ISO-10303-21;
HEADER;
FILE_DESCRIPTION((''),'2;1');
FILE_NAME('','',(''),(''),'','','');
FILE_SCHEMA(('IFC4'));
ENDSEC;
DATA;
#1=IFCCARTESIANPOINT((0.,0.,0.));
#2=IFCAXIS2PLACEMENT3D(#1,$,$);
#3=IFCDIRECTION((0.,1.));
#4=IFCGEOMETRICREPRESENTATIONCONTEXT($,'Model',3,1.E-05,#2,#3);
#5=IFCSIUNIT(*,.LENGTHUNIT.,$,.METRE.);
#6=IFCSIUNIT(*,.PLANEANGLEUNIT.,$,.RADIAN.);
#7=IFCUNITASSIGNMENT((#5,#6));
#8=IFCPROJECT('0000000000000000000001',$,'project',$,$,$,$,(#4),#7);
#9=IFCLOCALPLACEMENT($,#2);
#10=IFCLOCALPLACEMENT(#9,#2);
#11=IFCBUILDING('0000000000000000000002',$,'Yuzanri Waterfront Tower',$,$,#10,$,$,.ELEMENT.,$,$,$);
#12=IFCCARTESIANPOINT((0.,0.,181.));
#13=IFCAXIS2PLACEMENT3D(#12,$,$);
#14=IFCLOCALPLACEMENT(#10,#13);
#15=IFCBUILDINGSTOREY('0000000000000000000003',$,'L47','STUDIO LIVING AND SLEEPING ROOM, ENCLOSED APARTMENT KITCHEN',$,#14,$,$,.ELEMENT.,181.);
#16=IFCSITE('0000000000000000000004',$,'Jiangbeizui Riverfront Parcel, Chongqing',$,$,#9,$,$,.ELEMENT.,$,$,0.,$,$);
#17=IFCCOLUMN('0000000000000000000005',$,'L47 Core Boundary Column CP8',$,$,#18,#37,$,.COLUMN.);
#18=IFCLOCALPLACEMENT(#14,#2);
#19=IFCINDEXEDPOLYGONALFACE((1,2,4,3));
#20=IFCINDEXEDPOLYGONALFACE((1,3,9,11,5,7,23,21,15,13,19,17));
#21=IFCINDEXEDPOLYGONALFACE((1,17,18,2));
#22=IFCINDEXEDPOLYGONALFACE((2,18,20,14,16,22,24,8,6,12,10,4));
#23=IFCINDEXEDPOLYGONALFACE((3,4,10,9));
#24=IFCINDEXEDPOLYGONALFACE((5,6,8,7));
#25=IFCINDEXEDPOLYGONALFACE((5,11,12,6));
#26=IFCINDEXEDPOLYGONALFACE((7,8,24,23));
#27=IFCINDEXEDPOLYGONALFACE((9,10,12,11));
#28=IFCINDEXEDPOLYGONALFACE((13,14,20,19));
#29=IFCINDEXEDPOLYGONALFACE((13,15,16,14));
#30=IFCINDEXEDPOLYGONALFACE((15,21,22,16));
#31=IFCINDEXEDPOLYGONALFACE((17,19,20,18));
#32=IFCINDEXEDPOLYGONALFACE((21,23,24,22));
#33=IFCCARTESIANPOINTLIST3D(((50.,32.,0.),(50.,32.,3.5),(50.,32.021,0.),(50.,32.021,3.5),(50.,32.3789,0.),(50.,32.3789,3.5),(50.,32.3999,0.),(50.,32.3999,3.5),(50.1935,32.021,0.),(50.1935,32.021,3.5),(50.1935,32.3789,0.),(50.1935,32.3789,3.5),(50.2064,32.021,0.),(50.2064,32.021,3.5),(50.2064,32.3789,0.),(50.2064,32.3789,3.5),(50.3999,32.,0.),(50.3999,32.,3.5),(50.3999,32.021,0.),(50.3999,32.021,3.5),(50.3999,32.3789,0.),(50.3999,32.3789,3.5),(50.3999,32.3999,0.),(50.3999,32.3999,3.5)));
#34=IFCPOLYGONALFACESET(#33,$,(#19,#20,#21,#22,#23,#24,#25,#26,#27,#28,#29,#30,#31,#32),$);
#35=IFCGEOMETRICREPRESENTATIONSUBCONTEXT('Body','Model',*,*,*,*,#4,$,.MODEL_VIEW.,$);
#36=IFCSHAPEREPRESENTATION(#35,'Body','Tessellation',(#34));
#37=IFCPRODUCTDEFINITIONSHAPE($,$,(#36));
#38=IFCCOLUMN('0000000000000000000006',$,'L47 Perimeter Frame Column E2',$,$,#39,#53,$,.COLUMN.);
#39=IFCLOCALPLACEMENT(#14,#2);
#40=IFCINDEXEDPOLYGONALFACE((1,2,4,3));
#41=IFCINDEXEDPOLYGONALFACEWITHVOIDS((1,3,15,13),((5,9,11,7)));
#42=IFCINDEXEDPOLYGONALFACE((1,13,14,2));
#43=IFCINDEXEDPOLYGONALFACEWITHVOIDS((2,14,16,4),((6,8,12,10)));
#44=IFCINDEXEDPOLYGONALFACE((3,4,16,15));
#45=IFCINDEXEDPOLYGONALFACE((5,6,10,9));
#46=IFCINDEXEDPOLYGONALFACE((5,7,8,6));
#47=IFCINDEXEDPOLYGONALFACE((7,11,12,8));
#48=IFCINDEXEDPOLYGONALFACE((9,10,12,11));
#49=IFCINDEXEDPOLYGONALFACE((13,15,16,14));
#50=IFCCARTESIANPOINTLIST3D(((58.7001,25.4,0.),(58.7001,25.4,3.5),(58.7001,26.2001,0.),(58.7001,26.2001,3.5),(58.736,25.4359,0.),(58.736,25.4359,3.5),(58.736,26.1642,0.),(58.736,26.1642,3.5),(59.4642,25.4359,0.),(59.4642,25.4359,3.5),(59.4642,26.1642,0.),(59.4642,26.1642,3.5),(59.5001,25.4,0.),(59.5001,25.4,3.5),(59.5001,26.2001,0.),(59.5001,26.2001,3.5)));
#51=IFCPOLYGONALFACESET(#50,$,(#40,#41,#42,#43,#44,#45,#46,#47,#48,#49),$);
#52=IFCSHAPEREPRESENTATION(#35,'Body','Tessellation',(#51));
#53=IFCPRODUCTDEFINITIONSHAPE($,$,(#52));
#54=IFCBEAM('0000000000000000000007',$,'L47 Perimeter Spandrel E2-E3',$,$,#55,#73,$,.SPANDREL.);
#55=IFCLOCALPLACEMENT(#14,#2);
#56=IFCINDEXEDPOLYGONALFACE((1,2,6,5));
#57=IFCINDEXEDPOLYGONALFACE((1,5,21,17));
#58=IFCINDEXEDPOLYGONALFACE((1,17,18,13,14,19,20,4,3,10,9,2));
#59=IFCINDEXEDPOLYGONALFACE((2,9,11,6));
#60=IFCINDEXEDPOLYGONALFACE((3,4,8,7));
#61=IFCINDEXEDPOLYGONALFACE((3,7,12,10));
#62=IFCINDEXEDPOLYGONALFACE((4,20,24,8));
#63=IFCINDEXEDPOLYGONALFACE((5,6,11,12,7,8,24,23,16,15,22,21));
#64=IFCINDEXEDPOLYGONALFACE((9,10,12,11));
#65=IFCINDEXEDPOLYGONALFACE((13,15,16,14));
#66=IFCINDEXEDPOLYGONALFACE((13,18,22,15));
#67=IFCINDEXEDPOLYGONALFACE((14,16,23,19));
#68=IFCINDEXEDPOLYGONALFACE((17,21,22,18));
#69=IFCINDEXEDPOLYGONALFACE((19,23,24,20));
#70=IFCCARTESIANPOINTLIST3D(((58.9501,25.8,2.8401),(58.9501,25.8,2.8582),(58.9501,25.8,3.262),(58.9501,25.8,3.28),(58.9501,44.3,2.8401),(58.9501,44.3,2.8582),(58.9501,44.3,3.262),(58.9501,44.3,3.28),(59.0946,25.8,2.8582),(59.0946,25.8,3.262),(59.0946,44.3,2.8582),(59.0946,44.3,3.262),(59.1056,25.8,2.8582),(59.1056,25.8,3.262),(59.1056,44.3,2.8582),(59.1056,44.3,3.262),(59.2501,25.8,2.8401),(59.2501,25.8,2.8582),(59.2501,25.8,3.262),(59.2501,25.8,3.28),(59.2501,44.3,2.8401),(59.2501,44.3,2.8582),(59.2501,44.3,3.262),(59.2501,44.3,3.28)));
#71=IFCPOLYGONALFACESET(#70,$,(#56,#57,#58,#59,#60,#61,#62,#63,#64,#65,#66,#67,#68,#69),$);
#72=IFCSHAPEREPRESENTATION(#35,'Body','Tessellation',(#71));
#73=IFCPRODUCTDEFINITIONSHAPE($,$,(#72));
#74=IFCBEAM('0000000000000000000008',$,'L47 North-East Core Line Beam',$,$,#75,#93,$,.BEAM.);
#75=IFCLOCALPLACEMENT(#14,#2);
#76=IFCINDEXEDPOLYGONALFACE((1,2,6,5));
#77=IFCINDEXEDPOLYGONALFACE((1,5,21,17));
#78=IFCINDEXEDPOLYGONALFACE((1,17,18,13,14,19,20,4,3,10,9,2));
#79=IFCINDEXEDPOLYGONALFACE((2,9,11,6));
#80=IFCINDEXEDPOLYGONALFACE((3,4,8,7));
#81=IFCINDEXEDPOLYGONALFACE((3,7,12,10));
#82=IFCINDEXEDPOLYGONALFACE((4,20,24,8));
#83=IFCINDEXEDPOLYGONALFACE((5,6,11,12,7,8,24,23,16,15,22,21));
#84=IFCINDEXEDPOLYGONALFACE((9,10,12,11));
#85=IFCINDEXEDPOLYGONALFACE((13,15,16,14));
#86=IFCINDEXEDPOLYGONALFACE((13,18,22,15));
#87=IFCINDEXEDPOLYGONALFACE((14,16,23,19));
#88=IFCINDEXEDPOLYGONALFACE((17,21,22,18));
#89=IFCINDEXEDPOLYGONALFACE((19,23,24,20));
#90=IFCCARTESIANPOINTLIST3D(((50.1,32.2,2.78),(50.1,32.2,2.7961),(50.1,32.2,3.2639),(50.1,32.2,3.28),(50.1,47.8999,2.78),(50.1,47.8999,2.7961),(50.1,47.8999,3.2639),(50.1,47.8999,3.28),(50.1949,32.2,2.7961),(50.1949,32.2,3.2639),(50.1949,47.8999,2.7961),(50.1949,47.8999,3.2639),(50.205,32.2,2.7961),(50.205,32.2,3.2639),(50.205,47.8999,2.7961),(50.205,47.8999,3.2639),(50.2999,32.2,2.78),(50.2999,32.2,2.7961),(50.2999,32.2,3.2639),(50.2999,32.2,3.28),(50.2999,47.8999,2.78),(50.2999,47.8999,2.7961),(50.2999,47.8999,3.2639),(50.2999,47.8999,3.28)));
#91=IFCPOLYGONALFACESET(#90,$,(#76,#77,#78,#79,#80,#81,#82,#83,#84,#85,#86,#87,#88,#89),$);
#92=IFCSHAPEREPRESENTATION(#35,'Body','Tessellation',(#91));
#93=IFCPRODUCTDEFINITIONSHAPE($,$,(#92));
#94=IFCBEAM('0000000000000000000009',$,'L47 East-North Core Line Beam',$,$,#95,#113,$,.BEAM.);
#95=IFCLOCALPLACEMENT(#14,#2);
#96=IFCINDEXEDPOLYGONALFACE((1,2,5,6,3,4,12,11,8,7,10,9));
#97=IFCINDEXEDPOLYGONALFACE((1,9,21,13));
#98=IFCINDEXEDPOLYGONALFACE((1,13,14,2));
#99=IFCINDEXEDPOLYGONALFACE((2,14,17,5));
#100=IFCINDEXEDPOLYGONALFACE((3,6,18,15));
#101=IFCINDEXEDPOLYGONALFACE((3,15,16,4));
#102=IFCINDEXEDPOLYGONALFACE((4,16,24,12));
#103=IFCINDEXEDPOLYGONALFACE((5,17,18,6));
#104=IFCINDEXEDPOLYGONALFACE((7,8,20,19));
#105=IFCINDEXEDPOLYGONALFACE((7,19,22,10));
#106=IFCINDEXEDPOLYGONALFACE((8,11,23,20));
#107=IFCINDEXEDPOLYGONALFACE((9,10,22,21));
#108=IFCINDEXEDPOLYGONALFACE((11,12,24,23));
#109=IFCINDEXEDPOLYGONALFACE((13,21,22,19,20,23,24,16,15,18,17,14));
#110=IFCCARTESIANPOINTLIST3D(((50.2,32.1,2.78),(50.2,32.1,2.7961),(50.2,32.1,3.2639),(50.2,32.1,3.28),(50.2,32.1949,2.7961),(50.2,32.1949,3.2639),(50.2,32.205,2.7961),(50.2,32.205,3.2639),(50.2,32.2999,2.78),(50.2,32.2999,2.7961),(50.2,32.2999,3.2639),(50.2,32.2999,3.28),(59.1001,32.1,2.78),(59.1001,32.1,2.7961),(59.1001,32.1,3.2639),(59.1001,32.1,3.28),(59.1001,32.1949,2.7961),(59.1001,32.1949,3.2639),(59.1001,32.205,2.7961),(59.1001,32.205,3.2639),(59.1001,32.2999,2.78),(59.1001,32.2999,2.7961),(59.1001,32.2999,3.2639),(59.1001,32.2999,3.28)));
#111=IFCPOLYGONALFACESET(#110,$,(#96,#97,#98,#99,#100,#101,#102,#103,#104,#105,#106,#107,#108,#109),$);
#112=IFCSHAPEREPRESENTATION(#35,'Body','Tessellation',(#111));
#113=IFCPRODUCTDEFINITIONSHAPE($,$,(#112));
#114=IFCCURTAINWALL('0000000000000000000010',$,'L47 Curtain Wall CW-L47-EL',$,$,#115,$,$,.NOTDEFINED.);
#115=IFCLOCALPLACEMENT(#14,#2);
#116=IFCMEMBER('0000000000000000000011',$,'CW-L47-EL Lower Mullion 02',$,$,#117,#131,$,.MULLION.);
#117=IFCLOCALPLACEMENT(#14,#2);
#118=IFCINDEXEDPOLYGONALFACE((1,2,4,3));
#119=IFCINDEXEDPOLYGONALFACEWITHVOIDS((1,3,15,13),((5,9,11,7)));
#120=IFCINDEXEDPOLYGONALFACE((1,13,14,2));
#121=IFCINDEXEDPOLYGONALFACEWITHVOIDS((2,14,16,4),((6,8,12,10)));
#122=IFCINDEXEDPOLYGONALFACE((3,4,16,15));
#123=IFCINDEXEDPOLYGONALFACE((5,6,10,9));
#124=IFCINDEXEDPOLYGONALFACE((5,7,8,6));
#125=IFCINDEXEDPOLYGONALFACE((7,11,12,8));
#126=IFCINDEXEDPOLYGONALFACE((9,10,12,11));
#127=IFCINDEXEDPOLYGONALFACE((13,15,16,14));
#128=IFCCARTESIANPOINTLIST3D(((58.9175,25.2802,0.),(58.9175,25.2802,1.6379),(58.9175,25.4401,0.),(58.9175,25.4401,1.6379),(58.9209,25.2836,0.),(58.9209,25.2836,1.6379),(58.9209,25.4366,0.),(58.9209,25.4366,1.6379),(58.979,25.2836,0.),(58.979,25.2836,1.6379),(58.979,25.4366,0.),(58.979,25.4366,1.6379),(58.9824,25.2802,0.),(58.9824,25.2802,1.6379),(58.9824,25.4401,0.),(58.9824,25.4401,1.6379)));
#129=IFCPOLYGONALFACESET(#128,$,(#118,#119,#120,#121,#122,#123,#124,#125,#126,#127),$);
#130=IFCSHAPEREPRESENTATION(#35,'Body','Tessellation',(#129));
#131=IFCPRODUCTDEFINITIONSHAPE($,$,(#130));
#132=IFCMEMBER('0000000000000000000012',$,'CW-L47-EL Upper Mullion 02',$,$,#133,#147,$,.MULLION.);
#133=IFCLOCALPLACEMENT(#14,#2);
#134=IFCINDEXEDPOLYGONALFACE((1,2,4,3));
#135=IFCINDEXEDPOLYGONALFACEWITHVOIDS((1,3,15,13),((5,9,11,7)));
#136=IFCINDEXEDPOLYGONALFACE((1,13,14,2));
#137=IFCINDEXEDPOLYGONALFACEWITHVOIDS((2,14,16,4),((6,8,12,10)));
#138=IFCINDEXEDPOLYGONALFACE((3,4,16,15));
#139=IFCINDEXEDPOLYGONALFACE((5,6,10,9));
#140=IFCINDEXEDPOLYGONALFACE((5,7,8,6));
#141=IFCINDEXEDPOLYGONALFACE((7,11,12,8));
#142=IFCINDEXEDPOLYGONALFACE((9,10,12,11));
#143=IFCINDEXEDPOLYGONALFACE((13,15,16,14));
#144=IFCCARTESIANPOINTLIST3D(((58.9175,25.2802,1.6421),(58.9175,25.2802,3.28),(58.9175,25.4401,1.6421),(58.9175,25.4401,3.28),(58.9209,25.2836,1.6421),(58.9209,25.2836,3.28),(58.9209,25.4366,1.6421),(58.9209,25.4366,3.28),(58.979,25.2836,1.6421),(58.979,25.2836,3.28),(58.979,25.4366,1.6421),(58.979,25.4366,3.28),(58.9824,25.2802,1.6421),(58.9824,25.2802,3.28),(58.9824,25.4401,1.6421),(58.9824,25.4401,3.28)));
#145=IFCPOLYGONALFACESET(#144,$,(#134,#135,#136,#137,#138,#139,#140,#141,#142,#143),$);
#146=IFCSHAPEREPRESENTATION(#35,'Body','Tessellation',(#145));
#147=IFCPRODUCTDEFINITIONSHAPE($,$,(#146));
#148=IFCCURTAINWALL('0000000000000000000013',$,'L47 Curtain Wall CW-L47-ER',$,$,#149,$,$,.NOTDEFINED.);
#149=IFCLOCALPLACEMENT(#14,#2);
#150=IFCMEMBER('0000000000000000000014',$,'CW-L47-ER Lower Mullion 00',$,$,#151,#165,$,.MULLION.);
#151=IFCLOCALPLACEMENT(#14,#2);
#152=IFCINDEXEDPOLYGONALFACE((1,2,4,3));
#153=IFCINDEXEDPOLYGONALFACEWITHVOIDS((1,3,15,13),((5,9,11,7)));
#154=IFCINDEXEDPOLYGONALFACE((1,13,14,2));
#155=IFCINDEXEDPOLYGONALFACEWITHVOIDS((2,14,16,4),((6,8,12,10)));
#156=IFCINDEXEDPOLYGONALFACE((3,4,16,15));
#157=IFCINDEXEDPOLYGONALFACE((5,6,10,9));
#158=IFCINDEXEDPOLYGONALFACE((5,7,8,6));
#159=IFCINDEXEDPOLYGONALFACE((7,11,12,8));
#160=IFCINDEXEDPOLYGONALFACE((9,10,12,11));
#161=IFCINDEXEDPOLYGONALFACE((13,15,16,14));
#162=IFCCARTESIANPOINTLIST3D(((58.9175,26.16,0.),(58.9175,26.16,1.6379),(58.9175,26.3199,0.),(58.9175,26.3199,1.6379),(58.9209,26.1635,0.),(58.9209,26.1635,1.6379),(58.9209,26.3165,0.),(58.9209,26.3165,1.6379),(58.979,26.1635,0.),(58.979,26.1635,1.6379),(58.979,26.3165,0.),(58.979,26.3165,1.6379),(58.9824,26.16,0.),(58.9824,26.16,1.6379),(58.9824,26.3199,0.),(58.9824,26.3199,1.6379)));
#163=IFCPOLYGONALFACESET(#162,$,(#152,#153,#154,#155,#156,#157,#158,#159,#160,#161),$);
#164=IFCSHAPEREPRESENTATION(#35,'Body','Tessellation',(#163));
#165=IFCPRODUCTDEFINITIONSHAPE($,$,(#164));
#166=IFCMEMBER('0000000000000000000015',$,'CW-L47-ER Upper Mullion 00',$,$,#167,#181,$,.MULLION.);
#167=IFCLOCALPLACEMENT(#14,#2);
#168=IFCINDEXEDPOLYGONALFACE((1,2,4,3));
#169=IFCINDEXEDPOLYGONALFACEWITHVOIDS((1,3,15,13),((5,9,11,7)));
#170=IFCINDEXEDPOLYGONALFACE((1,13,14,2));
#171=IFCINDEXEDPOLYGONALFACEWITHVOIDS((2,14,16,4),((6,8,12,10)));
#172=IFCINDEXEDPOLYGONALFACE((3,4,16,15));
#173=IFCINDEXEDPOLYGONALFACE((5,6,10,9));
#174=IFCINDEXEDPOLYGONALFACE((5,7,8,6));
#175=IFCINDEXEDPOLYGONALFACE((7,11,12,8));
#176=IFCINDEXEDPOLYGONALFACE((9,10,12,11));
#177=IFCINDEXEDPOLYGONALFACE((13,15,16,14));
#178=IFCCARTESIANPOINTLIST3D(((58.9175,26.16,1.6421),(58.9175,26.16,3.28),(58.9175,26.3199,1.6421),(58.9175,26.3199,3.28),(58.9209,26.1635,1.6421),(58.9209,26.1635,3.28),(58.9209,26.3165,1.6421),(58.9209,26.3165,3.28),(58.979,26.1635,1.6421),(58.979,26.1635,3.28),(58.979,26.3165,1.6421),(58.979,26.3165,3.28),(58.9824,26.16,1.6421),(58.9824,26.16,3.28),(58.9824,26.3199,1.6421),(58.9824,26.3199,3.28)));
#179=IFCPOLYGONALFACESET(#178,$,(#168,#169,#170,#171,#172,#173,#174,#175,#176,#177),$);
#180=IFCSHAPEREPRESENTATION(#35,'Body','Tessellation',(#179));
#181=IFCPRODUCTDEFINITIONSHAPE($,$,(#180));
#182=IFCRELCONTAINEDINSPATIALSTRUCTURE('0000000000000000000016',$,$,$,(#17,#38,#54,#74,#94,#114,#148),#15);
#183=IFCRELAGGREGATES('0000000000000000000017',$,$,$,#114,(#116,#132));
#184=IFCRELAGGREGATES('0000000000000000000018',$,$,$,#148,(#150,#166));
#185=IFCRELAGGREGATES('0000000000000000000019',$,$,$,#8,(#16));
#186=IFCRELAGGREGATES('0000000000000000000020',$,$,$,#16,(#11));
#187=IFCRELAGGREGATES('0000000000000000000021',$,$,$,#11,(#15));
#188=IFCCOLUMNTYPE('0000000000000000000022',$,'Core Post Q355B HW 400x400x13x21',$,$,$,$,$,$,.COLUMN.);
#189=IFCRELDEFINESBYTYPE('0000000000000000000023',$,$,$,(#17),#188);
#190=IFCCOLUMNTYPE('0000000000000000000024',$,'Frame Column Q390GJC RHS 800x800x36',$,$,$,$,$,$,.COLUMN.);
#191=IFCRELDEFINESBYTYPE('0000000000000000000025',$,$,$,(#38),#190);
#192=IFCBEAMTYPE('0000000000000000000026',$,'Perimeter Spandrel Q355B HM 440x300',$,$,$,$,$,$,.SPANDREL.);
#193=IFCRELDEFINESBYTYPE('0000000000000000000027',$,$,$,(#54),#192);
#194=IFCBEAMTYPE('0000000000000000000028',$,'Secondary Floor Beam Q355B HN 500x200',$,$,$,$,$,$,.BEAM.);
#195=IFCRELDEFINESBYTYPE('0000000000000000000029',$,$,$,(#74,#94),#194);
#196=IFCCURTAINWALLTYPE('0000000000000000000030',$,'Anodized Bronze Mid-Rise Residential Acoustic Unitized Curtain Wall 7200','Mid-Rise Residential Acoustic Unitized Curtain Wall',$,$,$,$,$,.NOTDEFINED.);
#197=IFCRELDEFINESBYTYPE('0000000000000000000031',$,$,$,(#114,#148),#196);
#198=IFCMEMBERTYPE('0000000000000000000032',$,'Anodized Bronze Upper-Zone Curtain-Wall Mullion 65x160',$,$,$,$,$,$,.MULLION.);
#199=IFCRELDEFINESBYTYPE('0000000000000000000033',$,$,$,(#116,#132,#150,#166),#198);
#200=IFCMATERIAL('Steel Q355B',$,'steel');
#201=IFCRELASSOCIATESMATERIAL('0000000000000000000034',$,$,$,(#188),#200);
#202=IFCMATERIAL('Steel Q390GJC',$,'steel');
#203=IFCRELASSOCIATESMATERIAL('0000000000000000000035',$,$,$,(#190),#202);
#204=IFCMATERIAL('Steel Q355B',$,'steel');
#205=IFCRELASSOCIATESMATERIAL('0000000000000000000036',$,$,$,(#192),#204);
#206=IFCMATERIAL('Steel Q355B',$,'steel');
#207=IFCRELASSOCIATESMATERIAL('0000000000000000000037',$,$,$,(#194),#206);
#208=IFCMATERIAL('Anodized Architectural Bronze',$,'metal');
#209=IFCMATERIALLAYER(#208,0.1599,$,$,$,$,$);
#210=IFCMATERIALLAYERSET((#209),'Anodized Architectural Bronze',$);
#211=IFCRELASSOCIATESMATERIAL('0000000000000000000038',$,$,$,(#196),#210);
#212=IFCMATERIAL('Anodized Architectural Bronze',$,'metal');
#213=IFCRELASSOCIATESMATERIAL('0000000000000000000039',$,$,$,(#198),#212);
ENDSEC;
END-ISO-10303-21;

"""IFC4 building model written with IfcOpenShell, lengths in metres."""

from ifc_helpers import new_model, si_unit, direction, frame, origin, origin_2d, place, context, subcontext, project, spatial, hollow_rectangle, i_section, extrude, source, transform, mapped, material, layer, layer_set, material_profile, profile_set, type_object, element, aggregate, save


model = new_model("IFC4")

# Units and contexts
model_context = context("Model", 3, precision=1e-05, world=origin(), true_north=direction((0.0, 1.0)))
body_context = subcontext(model_context, "Body", "Model", "MODEL_VIEW")
ifc_project = project(units=[si_unit("LENGTHUNIT", "METRE"), si_unit("PLANEANGLEUNIT", "RADIAN")], contexts=[model_context])

# Site, building, storey
site_placement = place(None, origin())
site = spatial("IfcSite", under=ifc_project, at=site_placement, Name="Jiangbeizui Riverfront Parcel, Chongqing", CompositionType="ELEMENT", RefElevation=0.0)
building_placement = place(site_placement, origin())
building = spatial("IfcBuilding", under=site, at=building_placement, Name="Yuzanri Waterfront Tower", CompositionType="ELEMENT")
storey_placement = place(building_placement, frame((0.0, 0.0, 181.0)))
storey = spatial("IfcBuildingStorey", under=building, at=storey_placement, Name="L47", Description="STUDIO LIVING AND SLEEPING ROOM, ENCLOSED APARTMENT KITCHEN", CompositionType="ELEMENT", Elevation=181.0)

# Columns
ifc_material_1 = material(Name="Steel Q355B", Category="steel")
ifc_material_profile_1 = material_profile(ifc_material_1, i_section(OverallWidth=0.3999, OverallDepth=0.3999, WebThickness=0.0129, FlangeThickness=0.021, at=origin_2d()), Name="HW 400x400x13x21")
ifc_profile_set_1 = profile_set([ifc_material_profile_1], Name="Steel Q355B")
column_type_1 = type_object("IfcColumnType", Name="Core Post Q355B HW 400x400x13x21", PredefinedType="COLUMN", material=ifc_profile_set_1)
shared_shape_1 = source(origin(), body_context, "Body", "SweptSolid", [
    extrude(i_section(OverallWidth=0.3999, OverallDepth=0.3999, WebThickness=0.0129, FlangeThickness=0.021, at=origin_2d()), origin(), (0.0, 0.0, 1.0), 3.5),
])
column_1_placement = place(storey_placement, frame((50.2, 32.2, 0.0), z_axis=(0.0, 0.0, 1.0), x_axis=(1.0, 0.0, 0.0)))
element("IfcColumn", 1, at=column_1_placement, inside=storey, type_object=column_type_1, Name="L47 Core Boundary Column CP8", PredefinedType="COLUMN", context=body_context, shape_type="MappedRepresentation", body=[
    mapped(shared_shape_1, transform((0.0, 0.0, 0.0), scale=1.0)),
])
ifc_material_2 = material(Name="Steel Q390GJC", Category="steel")
ifc_material_profile_2 = material_profile(ifc_material_2, hollow_rectangle(XDim=0.8, YDim=0.8, WallThickness=0.0359, at=origin_2d()), Name="RHS 800x800x36")
ifc_profile_set_2 = profile_set([ifc_material_profile_2], Name="Steel Q390GJC")
column_type_2 = type_object("IfcColumnType", Name="Frame Column Q390GJC RHS 800x800x36", PredefinedType="COLUMN", material=ifc_profile_set_2)
shared_shape_2 = source(origin(), body_context, "Body", "SweptSolid", [
    extrude(hollow_rectangle(XDim=0.8, YDim=0.8, WallThickness=0.0359, at=origin_2d()), origin(), (0.0, 0.0, 1.0), 3.5),
])
column_2_placement = place(storey_placement, frame((59.1001, 25.8, 0.0), z_axis=(0.0, 0.0, 1.0), x_axis=(1.0, 0.0, 0.0)))
element("IfcColumn", 2, at=column_2_placement, inside=storey, type_object=column_type_2, Name="L47 Perimeter Frame Column E2", PredefinedType="COLUMN", context=body_context, shape_type="MappedRepresentation", body=[
    mapped(shared_shape_2, transform((0.0, 0.0, 0.0), scale=1.0)),
])

# Beams
ifc_material_3 = material(Name="Steel Q355B", Category="steel")
ifc_material_profile_3 = material_profile(ifc_material_3, i_section(OverallWidth=0.3, OverallDepth=0.4399, WebThickness=0.011, FlangeThickness=0.0181, at=origin_2d()), Name="HM 440x300x11x18")
ifc_profile_set_3 = profile_set([ifc_material_profile_3], Name="Steel Q355B")
beam_type_1 = type_object("IfcBeamType", Name="Perimeter Spandrel Q355B HM 440x300", PredefinedType="SPANDREL", material=ifc_profile_set_3)
shared_shape_3 = source(origin(), body_context, "Body", "SweptSolid", [
    extrude(i_section(OverallWidth=0.3, OverallDepth=0.4399, WebThickness=0.011, FlangeThickness=0.0181, at=origin_2d()), origin(), (0.0, 0.0, 1.0), 18.5),
])
beam_1_placement = place(storey_placement, frame((59.1001, 25.8, 3.0601), z_axis=(0.0, 1.0, 0.0), x_axis=(-1.0, 0.0, 0.0)))
element("IfcBeam", 3, at=beam_1_placement, inside=storey, type_object=beam_type_1, Name="L47 Perimeter Spandrel E2-E3", PredefinedType="SPANDREL", context=body_context, shape_type="MappedRepresentation", body=[
    mapped(shared_shape_3, transform((0.0, 0.0, 0.0), scale=1.0)),
])
ifc_material_4 = material(Name="Steel Q355B", Category="steel")
ifc_material_profile_4 = material_profile(ifc_material_4, i_section(OverallWidth=0.2, OverallDepth=0.5, WebThickness=0.01, FlangeThickness=0.0161, at=origin_2d()), Name="HN 500x200x10x16")
ifc_profile_set_4 = profile_set([ifc_material_profile_4], Name="Steel Q355B")
beam_type_2 = type_object("IfcBeamType", Name="Secondary Floor Beam Q355B HN 500x200", PredefinedType="BEAM", material=ifc_profile_set_4)
shared_shape_4 = source(origin(), body_context, "Body", "SweptSolid", [
    extrude(i_section(OverallWidth=0.2, OverallDepth=0.5, WebThickness=0.01, FlangeThickness=0.0161, at=origin_2d()), origin(), (0.0, 0.0, 1.0), 15.7),
])
beam_2_placement = place(storey_placement, frame((50.2, 32.2, 3.03), z_axis=(0.0, 1.0, 0.0), x_axis=(-1.0, 0.0, 0.0)))
element("IfcBeam", 4, at=beam_2_placement, inside=storey, type_object=beam_type_2, Name="L47 North-East Core Line Beam", PredefinedType="BEAM", context=body_context, shape_type="MappedRepresentation", body=[
    mapped(shared_shape_4, transform((0.0, 0.0, 0.0), scale=1.0)),
])
shared_shape_5 = source(origin(), body_context, "Body", "SweptSolid", [
    extrude(i_section(OverallWidth=0.2, OverallDepth=0.5, WebThickness=0.01, FlangeThickness=0.0161, at=origin_2d()), origin(), (0.0, 0.0, 1.0), 8.9001),
])
beam_3_placement = place(storey_placement, frame((50.2, 32.2, 3.03), z_axis=(1.0, 0.0, 0.0), x_axis=(0.0, 1.0, 0.0)))
element("IfcBeam", 5, at=beam_3_placement, inside=storey, type_object=beam_type_2, Name="L47 East-North Core Line Beam", PredefinedType="BEAM", context=body_context, shape_type="MappedRepresentation", body=[
    mapped(shared_shape_5, transform((0.0, 0.0, 0.0), scale=1.0)),
])

# Curtain wall, members
ifc_material_5 = material(Name="Anodized Architectural Bronze", Category="metal")
ifc_layer_1 = layer(ifc_material_5, 0.1599)
ifc_layer_set_1 = layer_set([ifc_layer_1], Name="Anodized Architectural Bronze")
curtain_wall_type = type_object("IfcCurtainWallType", Name="Anodized Bronze Mid-Rise Residential Acoustic Unitized Curtain Wall 7200", Description="Mid-Rise Residential Acoustic Unitized Curtain Wall", PredefinedType="NOTDEFINED", material=ifc_layer_set_1)
curtain_wall_1_placement = place(storey_placement, origin())
curtain_wall_1 = element("IfcCurtainWall", 6, at=curtain_wall_1_placement, inside=storey, type_object=curtain_wall_type, Name="L47 Curtain Wall CW-L47-EL", PredefinedType="NOTDEFINED")
ifc_material_6 = material(Name="Anodized Architectural Bronze", Category="metal")
ifc_material_profile_5 = material_profile(ifc_material_6, hollow_rectangle(XDim=0.0649, YDim=0.1599, WallThickness=0.0034, at=origin_2d()), Name="CWM 65x160")
ifc_profile_set_5 = profile_set([ifc_material_profile_5], Name="Anodized Architectural Bronze")
member_type_1 = type_object("IfcMemberType", Name="Anodized Bronze Upper-Zone Curtain-Wall Mullion 65x160", PredefinedType="MULLION", material=ifc_profile_set_5)
shared_shape_6 = source(origin(), body_context, "Body", "SweptSolid", [
    extrude(hollow_rectangle(XDim=0.0649, YDim=0.1599, WallThickness=0.0034, at=origin_2d()), origin(), (0.0, 0.0, 1.0), 1.6379),
])
member_1_placement = place(storey_placement, frame((58.95, 25.3601, 0.0), z_axis=(0.0, 0.0, 1.0), x_axis=(1.0, 0.0, 0.0)))
member_1 = element("IfcMember", 7, at=member_1_placement, type_object=member_type_1, Name="CW-L47-EL Lower Mullion 02", PredefinedType="MULLION", context=body_context, shape_type="MappedRepresentation", body=[
    mapped(shared_shape_6, transform((0.0, 0.0, 0.0), scale=1.0)),
])
member_2_placement = place(storey_placement, frame((58.95, 25.3601, 1.6421), z_axis=(0.0, 0.0, 1.0), x_axis=(1.0, 0.0, 0.0)))
member_2 = element("IfcMember", 8, at=member_2_placement, type_object=member_type_1, Name="CW-L47-EL Upper Mullion 02", PredefinedType="MULLION", context=body_context, shape_type="MappedRepresentation", body=[
    mapped(shared_shape_6, transform((0.0, 0.0, 0.0), scale=1.0)),
])
aggregate(curtain_wall_1, [member_1, member_2])

# Curtain wall, members
curtain_wall_2_placement = place(storey_placement, origin())
curtain_wall_2 = element("IfcCurtainWall", 9, at=curtain_wall_2_placement, inside=storey, type_object=curtain_wall_type, Name="L47 Curtain Wall CW-L47-ER", PredefinedType="NOTDEFINED")
member_3_placement = place(storey_placement, frame((58.95, 26.24, 0.0), z_axis=(0.0, 0.0, 1.0), x_axis=(1.0, 0.0, 0.0)))
member_3 = element("IfcMember", 10, at=member_3_placement, type_object=member_type_1, Name="CW-L47-ER Lower Mullion 00", PredefinedType="MULLION", context=body_context, shape_type="MappedRepresentation", body=[
    mapped(shared_shape_6, transform((0.0, 0.0, 0.0), scale=1.0)),
])
member_4_placement = place(storey_placement, frame((58.95, 26.24, 1.6421), z_axis=(0.0, 0.0, 1.0), x_axis=(1.0, 0.0, 0.0)))
member_4 = element("IfcMember", 11, at=member_4_placement, type_object=member_type_1, Name="CW-L47-ER Upper Mullion 00", PredefinedType="MULLION", context=body_context, shape_type="MappedRepresentation", body=[
    mapped(shared_shape_6, transform((0.0, 0.0, 0.0), scale=1.0)),
])
aggregate(curtain_wall_2, [member_3, member_4])

save(model, "model.ifc")
